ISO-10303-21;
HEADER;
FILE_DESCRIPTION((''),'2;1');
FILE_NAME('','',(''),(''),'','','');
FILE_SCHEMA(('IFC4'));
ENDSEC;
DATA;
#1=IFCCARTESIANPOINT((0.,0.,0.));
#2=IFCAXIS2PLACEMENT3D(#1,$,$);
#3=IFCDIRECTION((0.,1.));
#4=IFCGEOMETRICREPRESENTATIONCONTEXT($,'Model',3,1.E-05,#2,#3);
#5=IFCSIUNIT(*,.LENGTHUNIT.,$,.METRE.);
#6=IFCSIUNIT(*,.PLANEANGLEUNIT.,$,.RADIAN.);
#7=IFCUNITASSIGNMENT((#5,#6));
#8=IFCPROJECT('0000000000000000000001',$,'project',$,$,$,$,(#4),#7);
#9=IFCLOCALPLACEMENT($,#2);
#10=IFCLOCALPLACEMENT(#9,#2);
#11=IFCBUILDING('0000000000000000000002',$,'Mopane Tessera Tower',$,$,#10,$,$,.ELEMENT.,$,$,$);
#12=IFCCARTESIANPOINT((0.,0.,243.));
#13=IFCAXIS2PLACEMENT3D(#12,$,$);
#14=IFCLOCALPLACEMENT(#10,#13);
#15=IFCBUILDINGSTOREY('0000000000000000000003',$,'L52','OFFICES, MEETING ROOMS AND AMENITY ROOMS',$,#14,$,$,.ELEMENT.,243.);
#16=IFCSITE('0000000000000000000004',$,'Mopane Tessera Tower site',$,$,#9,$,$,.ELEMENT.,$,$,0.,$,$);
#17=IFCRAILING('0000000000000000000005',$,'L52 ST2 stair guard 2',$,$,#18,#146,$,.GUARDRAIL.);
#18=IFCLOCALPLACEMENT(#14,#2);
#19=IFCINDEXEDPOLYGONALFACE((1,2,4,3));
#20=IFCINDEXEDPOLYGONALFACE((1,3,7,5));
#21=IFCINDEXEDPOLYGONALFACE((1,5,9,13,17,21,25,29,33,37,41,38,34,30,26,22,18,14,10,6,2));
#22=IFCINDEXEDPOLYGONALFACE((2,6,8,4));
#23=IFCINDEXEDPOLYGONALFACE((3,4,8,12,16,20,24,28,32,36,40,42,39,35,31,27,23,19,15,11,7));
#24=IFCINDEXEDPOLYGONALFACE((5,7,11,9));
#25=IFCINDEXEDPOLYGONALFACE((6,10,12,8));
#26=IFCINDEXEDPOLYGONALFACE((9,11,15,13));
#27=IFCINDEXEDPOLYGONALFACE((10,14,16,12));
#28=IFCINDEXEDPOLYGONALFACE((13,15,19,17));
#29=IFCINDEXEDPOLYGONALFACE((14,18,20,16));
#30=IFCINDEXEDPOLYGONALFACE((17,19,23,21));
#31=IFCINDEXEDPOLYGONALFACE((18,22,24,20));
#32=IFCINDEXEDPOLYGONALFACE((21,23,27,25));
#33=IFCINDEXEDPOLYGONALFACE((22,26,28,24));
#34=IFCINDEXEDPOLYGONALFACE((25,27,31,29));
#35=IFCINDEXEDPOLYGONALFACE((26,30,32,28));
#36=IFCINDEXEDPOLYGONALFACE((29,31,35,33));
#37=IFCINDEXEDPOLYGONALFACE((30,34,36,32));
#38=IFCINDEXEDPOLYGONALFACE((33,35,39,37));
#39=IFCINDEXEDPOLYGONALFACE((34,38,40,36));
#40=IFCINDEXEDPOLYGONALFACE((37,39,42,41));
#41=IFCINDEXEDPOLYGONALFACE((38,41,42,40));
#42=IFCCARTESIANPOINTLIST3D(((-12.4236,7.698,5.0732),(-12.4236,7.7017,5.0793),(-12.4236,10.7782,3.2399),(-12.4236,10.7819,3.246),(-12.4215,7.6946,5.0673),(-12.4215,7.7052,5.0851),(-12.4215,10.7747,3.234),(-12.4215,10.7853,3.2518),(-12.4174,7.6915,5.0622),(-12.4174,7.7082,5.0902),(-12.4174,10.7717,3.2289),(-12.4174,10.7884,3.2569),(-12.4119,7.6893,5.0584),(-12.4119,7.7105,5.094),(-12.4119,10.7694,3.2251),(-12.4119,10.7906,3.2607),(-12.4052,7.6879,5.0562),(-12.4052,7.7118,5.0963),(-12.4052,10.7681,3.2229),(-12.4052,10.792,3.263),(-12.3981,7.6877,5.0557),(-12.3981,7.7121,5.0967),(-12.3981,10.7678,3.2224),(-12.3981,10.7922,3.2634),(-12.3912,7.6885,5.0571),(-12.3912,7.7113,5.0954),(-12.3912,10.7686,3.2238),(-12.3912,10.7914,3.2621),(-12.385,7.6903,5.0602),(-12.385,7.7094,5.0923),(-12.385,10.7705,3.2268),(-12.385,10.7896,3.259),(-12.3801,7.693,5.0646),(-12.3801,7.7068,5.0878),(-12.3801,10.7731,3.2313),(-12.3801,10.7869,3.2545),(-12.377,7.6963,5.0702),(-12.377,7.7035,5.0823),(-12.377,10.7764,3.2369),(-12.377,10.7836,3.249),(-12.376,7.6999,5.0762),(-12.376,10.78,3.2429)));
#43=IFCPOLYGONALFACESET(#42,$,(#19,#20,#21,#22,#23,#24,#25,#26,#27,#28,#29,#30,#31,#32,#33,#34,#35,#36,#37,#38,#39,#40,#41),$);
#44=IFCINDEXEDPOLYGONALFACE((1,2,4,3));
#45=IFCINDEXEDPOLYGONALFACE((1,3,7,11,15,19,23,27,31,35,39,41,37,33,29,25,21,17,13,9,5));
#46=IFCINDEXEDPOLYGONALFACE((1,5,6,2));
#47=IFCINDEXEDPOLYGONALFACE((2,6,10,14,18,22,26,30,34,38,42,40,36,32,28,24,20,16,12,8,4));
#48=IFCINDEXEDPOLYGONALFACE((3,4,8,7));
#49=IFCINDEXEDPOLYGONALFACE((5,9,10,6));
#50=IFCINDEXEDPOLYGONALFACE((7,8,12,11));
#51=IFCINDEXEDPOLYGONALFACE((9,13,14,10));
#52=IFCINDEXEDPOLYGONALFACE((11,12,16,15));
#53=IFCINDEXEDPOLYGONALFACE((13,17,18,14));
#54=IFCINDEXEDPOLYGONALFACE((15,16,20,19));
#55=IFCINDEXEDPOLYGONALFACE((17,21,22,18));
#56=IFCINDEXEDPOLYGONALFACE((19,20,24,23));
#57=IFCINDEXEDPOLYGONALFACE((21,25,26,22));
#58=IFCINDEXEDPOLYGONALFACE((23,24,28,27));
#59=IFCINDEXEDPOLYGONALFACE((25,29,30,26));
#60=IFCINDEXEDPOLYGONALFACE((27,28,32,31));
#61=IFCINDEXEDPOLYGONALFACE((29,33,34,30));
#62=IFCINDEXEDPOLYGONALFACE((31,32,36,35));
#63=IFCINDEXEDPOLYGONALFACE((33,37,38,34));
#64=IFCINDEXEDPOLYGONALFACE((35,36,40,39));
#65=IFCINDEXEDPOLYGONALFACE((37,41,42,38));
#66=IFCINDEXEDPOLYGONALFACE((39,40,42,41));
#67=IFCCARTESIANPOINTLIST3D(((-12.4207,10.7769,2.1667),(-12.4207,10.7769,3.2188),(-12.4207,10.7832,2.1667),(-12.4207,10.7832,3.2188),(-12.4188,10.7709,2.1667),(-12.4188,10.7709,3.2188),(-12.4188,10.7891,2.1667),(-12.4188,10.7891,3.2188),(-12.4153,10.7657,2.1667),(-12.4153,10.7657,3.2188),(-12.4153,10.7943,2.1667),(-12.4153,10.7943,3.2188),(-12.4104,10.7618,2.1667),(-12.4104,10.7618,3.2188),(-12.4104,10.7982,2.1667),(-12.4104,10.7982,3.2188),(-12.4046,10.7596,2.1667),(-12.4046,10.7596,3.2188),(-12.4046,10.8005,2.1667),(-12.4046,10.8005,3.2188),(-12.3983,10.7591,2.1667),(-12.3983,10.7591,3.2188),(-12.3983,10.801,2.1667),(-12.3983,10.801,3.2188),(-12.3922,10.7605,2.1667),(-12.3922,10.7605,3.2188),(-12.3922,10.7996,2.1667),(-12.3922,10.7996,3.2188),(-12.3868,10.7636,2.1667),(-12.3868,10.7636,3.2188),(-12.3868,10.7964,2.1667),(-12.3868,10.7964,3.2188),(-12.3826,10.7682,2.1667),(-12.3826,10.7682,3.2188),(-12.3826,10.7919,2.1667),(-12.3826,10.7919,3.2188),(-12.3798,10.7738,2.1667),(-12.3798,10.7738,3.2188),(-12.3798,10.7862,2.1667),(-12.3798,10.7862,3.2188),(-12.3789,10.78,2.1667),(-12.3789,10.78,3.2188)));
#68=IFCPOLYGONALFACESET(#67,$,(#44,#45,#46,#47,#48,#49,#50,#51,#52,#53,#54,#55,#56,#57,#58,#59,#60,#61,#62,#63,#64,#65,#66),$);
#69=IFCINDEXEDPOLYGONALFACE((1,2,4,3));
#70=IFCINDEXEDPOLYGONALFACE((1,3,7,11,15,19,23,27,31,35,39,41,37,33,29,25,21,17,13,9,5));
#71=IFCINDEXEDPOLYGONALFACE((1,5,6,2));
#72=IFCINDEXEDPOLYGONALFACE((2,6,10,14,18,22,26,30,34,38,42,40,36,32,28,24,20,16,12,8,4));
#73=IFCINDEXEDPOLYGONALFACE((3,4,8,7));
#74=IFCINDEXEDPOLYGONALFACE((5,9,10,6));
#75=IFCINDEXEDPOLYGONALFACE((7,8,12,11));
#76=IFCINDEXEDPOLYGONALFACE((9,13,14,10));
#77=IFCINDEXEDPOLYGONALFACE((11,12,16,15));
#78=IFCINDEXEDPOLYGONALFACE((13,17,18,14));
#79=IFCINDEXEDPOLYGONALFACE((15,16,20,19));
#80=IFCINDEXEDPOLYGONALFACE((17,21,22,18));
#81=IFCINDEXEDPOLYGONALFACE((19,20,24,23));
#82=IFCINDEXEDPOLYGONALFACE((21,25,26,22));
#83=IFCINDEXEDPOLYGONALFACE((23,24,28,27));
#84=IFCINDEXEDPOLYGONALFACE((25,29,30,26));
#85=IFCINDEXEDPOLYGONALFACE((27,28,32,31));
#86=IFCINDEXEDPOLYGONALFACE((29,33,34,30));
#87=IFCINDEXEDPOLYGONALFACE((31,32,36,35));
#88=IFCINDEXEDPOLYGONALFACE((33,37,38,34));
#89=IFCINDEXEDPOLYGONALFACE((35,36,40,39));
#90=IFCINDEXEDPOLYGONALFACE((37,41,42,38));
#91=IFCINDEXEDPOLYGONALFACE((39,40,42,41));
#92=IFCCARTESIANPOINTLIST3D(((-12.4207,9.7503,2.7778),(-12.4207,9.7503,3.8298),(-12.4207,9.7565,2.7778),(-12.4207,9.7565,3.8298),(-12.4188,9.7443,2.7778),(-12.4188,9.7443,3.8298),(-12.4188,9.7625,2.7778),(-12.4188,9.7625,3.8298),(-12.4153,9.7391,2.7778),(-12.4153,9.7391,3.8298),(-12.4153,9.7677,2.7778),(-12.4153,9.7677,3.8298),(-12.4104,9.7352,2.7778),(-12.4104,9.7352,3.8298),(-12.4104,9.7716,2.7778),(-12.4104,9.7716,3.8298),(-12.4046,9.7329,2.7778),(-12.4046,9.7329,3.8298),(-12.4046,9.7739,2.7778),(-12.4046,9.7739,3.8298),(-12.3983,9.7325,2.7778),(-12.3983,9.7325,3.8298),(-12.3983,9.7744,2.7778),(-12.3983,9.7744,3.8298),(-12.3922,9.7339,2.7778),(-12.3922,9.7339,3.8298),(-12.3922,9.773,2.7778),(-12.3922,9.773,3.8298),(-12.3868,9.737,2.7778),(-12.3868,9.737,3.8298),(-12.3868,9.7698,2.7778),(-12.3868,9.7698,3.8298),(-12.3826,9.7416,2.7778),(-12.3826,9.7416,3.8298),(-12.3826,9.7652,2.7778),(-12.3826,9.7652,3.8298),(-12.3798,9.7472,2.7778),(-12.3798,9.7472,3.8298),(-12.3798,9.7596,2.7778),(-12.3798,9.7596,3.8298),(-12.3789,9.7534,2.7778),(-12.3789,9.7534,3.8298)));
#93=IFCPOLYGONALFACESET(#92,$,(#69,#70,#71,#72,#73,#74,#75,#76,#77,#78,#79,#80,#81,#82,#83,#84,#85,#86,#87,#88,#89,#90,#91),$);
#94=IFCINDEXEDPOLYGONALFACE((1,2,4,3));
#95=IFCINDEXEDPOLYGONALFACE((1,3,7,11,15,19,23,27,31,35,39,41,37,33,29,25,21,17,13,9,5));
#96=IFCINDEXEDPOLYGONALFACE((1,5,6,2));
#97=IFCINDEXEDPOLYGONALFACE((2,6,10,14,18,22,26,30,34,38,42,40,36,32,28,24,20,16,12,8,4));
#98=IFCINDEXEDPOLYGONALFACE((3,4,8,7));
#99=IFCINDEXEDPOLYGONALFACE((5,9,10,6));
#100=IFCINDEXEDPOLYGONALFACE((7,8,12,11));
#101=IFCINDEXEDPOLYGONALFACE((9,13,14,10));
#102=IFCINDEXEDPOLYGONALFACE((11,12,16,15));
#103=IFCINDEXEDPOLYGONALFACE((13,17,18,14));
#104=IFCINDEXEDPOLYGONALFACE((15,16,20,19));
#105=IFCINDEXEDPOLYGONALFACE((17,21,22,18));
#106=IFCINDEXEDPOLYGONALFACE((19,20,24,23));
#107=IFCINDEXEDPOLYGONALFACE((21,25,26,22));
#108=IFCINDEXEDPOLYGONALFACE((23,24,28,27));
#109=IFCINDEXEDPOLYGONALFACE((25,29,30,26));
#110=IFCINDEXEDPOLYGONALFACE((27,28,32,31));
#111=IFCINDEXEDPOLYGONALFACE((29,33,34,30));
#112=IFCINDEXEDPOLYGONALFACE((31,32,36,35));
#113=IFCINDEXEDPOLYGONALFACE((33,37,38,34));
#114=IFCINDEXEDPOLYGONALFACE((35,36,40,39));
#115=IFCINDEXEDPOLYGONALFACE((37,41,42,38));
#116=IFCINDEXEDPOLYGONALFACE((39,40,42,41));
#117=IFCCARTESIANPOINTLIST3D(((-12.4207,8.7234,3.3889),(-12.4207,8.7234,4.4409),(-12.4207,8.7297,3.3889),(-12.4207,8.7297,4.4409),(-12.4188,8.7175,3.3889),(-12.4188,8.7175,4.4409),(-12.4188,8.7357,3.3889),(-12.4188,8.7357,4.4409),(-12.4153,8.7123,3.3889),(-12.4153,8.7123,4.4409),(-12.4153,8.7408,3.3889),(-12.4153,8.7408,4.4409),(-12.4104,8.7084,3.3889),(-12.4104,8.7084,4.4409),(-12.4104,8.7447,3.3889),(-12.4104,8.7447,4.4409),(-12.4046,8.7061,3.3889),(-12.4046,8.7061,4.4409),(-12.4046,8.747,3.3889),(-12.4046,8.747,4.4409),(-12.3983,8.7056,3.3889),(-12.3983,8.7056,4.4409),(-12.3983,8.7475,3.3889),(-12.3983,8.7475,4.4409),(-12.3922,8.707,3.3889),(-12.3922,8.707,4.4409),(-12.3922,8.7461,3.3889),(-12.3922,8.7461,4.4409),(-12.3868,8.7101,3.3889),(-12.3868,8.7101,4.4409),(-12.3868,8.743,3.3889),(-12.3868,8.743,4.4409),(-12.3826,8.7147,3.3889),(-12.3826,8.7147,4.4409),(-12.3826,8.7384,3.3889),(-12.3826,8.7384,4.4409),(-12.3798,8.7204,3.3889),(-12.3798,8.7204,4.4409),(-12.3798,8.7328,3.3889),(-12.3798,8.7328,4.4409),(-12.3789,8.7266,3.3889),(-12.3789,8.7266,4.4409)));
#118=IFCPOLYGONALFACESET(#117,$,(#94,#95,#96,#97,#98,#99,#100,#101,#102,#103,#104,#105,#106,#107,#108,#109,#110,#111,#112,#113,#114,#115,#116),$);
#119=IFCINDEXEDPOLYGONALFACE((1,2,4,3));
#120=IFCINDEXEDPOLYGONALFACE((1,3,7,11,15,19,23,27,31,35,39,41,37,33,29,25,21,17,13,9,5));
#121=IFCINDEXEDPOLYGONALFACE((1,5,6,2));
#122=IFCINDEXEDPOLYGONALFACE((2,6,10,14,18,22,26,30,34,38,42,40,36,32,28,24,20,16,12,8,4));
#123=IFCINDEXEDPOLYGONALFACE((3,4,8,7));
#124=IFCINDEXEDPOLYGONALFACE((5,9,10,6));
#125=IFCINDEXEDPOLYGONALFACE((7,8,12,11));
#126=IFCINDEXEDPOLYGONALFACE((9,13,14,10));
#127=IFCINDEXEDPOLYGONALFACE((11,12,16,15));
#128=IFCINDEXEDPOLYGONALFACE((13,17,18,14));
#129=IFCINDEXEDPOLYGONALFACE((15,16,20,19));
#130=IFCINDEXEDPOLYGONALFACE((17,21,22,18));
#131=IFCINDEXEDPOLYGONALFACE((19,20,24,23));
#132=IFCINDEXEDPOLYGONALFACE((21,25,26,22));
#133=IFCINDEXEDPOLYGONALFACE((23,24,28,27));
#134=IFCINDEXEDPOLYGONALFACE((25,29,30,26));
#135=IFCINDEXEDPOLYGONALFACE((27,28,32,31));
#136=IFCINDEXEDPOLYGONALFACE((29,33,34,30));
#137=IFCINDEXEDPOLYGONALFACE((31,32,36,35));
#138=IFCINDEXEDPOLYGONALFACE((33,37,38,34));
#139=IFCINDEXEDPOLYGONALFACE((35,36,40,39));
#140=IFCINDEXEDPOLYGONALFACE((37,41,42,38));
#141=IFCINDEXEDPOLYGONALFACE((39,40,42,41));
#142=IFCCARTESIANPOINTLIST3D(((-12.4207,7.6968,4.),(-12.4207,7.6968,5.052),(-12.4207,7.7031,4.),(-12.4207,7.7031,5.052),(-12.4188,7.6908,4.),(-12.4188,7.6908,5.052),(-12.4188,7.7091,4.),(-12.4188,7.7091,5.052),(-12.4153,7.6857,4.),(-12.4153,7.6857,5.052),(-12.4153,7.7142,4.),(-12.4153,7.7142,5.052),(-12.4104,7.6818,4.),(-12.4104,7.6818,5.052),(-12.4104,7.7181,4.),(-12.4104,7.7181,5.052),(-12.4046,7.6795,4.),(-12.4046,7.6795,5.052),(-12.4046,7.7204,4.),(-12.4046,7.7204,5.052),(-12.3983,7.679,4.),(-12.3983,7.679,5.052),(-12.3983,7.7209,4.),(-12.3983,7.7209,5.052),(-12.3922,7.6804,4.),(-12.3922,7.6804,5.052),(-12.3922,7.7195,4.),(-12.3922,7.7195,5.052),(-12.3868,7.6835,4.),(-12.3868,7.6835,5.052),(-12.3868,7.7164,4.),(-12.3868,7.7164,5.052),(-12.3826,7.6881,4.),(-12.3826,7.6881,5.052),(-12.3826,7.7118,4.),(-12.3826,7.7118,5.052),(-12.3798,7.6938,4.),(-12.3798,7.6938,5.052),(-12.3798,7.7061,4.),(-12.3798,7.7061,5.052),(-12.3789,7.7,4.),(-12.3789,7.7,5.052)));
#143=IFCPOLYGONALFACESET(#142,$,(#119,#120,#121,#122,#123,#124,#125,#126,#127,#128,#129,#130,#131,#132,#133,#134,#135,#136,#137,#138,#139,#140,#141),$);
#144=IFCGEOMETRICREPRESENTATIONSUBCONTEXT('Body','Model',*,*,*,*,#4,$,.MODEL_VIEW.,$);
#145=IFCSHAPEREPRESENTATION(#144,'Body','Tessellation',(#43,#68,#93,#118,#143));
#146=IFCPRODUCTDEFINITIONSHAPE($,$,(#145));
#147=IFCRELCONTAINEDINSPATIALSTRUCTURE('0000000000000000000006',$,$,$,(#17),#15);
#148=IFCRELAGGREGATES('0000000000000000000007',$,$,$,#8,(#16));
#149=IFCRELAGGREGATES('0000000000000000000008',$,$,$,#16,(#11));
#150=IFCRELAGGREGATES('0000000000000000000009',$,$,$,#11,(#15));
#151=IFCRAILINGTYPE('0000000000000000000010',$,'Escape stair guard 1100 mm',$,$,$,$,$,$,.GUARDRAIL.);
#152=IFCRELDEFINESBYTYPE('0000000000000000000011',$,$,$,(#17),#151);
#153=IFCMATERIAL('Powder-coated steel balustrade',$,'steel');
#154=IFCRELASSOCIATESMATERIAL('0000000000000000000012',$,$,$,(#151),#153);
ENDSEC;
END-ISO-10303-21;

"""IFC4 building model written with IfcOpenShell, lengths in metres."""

from ifc_helpers import new_model, si_unit, direction, frame, origin, origin_2d, place, context, subcontext, project, spatial, circle, extrude, material, type_object, element, save


model = new_model("IFC4")

# Units and contexts
model_context = context("Model", 3, precision=1e-05, world=origin(), true_north=direction((0.0, 1.0)))
body_context = subcontext(model_context, "Body", "Model", "MODEL_VIEW")
ifc_project = project(units=[si_unit("LENGTHUNIT", "METRE"), si_unit("PLANEANGLEUNIT", "RADIAN")], contexts=[model_context])

# Site, building, storey
site_placement = place(None, origin())
site = spatial("IfcSite", under=ifc_project, at=site_placement, Name="Mopane Tessera Tower site", CompositionType="ELEMENT", RefElevation=0.0)
building_placement = place(site_placement, origin())
building = spatial("IfcBuilding", under=site, at=building_placement, Name="Mopane Tessera Tower", CompositionType="ELEMENT")
storey_placement = place(building_placement, frame((0.0, 0.0, 243.0)))
storey = spatial("IfcBuildingStorey", under=building, at=storey_placement, Name="L52", Description="OFFICES, MEETING ROOMS AND AMENITY ROOMS", CompositionType="ELEMENT", Elevation=243.0)

# Railing
ifc_material_1 = material(Name="Powder-coated steel balustrade", Category="steel")
railing_type = type_object("IfcRailingType", Name="Escape stair guard 1100 mm", PredefinedType="GUARDRAIL", material=ifc_material_1)
railing_placement = place(storey_placement, frame((-12.3999, 10.78, 2.1667)))
element("IfcRailing", 1, at=railing_placement, inside=storey, type_object=railing_type, Name="L52 ST2 stair guard 2", PredefinedType="GUARDRAIL", context=body_context, shape_type="SweptSolid", body=[
    extrude(circle(Radius=0.0239, at=origin_2d()), frame((0.0, 0.0, 1.0762), z_axis=(0.0, -0.859309, 0.511458), x_axis=(1.0, 0.0, 0.0)), (0.0, 0.0, 1.0), 3.5845),
    extrude(circle(Radius=0.021, at=origin_2d()), origin(), (0.0, 0.0, 1.0), 1.052),
    extrude(circle(Radius=0.021, at=origin_2d()), frame((0.0, -1.0266, 0.6111)), (0.0, 0.0, 1.0), 1.052),
    extrude(circle(Radius=0.021, at=origin_2d()), frame((0.0, -2.0535, 1.2222)), (0.0, 0.0, 1.0), 1.052),
    extrude(circle(Radius=0.021, at=origin_2d()), frame((0.0, -3.0801, 1.8333)), (0.0, 0.0, 1.0), 1.052),
])

save(model, "model.ifc")
